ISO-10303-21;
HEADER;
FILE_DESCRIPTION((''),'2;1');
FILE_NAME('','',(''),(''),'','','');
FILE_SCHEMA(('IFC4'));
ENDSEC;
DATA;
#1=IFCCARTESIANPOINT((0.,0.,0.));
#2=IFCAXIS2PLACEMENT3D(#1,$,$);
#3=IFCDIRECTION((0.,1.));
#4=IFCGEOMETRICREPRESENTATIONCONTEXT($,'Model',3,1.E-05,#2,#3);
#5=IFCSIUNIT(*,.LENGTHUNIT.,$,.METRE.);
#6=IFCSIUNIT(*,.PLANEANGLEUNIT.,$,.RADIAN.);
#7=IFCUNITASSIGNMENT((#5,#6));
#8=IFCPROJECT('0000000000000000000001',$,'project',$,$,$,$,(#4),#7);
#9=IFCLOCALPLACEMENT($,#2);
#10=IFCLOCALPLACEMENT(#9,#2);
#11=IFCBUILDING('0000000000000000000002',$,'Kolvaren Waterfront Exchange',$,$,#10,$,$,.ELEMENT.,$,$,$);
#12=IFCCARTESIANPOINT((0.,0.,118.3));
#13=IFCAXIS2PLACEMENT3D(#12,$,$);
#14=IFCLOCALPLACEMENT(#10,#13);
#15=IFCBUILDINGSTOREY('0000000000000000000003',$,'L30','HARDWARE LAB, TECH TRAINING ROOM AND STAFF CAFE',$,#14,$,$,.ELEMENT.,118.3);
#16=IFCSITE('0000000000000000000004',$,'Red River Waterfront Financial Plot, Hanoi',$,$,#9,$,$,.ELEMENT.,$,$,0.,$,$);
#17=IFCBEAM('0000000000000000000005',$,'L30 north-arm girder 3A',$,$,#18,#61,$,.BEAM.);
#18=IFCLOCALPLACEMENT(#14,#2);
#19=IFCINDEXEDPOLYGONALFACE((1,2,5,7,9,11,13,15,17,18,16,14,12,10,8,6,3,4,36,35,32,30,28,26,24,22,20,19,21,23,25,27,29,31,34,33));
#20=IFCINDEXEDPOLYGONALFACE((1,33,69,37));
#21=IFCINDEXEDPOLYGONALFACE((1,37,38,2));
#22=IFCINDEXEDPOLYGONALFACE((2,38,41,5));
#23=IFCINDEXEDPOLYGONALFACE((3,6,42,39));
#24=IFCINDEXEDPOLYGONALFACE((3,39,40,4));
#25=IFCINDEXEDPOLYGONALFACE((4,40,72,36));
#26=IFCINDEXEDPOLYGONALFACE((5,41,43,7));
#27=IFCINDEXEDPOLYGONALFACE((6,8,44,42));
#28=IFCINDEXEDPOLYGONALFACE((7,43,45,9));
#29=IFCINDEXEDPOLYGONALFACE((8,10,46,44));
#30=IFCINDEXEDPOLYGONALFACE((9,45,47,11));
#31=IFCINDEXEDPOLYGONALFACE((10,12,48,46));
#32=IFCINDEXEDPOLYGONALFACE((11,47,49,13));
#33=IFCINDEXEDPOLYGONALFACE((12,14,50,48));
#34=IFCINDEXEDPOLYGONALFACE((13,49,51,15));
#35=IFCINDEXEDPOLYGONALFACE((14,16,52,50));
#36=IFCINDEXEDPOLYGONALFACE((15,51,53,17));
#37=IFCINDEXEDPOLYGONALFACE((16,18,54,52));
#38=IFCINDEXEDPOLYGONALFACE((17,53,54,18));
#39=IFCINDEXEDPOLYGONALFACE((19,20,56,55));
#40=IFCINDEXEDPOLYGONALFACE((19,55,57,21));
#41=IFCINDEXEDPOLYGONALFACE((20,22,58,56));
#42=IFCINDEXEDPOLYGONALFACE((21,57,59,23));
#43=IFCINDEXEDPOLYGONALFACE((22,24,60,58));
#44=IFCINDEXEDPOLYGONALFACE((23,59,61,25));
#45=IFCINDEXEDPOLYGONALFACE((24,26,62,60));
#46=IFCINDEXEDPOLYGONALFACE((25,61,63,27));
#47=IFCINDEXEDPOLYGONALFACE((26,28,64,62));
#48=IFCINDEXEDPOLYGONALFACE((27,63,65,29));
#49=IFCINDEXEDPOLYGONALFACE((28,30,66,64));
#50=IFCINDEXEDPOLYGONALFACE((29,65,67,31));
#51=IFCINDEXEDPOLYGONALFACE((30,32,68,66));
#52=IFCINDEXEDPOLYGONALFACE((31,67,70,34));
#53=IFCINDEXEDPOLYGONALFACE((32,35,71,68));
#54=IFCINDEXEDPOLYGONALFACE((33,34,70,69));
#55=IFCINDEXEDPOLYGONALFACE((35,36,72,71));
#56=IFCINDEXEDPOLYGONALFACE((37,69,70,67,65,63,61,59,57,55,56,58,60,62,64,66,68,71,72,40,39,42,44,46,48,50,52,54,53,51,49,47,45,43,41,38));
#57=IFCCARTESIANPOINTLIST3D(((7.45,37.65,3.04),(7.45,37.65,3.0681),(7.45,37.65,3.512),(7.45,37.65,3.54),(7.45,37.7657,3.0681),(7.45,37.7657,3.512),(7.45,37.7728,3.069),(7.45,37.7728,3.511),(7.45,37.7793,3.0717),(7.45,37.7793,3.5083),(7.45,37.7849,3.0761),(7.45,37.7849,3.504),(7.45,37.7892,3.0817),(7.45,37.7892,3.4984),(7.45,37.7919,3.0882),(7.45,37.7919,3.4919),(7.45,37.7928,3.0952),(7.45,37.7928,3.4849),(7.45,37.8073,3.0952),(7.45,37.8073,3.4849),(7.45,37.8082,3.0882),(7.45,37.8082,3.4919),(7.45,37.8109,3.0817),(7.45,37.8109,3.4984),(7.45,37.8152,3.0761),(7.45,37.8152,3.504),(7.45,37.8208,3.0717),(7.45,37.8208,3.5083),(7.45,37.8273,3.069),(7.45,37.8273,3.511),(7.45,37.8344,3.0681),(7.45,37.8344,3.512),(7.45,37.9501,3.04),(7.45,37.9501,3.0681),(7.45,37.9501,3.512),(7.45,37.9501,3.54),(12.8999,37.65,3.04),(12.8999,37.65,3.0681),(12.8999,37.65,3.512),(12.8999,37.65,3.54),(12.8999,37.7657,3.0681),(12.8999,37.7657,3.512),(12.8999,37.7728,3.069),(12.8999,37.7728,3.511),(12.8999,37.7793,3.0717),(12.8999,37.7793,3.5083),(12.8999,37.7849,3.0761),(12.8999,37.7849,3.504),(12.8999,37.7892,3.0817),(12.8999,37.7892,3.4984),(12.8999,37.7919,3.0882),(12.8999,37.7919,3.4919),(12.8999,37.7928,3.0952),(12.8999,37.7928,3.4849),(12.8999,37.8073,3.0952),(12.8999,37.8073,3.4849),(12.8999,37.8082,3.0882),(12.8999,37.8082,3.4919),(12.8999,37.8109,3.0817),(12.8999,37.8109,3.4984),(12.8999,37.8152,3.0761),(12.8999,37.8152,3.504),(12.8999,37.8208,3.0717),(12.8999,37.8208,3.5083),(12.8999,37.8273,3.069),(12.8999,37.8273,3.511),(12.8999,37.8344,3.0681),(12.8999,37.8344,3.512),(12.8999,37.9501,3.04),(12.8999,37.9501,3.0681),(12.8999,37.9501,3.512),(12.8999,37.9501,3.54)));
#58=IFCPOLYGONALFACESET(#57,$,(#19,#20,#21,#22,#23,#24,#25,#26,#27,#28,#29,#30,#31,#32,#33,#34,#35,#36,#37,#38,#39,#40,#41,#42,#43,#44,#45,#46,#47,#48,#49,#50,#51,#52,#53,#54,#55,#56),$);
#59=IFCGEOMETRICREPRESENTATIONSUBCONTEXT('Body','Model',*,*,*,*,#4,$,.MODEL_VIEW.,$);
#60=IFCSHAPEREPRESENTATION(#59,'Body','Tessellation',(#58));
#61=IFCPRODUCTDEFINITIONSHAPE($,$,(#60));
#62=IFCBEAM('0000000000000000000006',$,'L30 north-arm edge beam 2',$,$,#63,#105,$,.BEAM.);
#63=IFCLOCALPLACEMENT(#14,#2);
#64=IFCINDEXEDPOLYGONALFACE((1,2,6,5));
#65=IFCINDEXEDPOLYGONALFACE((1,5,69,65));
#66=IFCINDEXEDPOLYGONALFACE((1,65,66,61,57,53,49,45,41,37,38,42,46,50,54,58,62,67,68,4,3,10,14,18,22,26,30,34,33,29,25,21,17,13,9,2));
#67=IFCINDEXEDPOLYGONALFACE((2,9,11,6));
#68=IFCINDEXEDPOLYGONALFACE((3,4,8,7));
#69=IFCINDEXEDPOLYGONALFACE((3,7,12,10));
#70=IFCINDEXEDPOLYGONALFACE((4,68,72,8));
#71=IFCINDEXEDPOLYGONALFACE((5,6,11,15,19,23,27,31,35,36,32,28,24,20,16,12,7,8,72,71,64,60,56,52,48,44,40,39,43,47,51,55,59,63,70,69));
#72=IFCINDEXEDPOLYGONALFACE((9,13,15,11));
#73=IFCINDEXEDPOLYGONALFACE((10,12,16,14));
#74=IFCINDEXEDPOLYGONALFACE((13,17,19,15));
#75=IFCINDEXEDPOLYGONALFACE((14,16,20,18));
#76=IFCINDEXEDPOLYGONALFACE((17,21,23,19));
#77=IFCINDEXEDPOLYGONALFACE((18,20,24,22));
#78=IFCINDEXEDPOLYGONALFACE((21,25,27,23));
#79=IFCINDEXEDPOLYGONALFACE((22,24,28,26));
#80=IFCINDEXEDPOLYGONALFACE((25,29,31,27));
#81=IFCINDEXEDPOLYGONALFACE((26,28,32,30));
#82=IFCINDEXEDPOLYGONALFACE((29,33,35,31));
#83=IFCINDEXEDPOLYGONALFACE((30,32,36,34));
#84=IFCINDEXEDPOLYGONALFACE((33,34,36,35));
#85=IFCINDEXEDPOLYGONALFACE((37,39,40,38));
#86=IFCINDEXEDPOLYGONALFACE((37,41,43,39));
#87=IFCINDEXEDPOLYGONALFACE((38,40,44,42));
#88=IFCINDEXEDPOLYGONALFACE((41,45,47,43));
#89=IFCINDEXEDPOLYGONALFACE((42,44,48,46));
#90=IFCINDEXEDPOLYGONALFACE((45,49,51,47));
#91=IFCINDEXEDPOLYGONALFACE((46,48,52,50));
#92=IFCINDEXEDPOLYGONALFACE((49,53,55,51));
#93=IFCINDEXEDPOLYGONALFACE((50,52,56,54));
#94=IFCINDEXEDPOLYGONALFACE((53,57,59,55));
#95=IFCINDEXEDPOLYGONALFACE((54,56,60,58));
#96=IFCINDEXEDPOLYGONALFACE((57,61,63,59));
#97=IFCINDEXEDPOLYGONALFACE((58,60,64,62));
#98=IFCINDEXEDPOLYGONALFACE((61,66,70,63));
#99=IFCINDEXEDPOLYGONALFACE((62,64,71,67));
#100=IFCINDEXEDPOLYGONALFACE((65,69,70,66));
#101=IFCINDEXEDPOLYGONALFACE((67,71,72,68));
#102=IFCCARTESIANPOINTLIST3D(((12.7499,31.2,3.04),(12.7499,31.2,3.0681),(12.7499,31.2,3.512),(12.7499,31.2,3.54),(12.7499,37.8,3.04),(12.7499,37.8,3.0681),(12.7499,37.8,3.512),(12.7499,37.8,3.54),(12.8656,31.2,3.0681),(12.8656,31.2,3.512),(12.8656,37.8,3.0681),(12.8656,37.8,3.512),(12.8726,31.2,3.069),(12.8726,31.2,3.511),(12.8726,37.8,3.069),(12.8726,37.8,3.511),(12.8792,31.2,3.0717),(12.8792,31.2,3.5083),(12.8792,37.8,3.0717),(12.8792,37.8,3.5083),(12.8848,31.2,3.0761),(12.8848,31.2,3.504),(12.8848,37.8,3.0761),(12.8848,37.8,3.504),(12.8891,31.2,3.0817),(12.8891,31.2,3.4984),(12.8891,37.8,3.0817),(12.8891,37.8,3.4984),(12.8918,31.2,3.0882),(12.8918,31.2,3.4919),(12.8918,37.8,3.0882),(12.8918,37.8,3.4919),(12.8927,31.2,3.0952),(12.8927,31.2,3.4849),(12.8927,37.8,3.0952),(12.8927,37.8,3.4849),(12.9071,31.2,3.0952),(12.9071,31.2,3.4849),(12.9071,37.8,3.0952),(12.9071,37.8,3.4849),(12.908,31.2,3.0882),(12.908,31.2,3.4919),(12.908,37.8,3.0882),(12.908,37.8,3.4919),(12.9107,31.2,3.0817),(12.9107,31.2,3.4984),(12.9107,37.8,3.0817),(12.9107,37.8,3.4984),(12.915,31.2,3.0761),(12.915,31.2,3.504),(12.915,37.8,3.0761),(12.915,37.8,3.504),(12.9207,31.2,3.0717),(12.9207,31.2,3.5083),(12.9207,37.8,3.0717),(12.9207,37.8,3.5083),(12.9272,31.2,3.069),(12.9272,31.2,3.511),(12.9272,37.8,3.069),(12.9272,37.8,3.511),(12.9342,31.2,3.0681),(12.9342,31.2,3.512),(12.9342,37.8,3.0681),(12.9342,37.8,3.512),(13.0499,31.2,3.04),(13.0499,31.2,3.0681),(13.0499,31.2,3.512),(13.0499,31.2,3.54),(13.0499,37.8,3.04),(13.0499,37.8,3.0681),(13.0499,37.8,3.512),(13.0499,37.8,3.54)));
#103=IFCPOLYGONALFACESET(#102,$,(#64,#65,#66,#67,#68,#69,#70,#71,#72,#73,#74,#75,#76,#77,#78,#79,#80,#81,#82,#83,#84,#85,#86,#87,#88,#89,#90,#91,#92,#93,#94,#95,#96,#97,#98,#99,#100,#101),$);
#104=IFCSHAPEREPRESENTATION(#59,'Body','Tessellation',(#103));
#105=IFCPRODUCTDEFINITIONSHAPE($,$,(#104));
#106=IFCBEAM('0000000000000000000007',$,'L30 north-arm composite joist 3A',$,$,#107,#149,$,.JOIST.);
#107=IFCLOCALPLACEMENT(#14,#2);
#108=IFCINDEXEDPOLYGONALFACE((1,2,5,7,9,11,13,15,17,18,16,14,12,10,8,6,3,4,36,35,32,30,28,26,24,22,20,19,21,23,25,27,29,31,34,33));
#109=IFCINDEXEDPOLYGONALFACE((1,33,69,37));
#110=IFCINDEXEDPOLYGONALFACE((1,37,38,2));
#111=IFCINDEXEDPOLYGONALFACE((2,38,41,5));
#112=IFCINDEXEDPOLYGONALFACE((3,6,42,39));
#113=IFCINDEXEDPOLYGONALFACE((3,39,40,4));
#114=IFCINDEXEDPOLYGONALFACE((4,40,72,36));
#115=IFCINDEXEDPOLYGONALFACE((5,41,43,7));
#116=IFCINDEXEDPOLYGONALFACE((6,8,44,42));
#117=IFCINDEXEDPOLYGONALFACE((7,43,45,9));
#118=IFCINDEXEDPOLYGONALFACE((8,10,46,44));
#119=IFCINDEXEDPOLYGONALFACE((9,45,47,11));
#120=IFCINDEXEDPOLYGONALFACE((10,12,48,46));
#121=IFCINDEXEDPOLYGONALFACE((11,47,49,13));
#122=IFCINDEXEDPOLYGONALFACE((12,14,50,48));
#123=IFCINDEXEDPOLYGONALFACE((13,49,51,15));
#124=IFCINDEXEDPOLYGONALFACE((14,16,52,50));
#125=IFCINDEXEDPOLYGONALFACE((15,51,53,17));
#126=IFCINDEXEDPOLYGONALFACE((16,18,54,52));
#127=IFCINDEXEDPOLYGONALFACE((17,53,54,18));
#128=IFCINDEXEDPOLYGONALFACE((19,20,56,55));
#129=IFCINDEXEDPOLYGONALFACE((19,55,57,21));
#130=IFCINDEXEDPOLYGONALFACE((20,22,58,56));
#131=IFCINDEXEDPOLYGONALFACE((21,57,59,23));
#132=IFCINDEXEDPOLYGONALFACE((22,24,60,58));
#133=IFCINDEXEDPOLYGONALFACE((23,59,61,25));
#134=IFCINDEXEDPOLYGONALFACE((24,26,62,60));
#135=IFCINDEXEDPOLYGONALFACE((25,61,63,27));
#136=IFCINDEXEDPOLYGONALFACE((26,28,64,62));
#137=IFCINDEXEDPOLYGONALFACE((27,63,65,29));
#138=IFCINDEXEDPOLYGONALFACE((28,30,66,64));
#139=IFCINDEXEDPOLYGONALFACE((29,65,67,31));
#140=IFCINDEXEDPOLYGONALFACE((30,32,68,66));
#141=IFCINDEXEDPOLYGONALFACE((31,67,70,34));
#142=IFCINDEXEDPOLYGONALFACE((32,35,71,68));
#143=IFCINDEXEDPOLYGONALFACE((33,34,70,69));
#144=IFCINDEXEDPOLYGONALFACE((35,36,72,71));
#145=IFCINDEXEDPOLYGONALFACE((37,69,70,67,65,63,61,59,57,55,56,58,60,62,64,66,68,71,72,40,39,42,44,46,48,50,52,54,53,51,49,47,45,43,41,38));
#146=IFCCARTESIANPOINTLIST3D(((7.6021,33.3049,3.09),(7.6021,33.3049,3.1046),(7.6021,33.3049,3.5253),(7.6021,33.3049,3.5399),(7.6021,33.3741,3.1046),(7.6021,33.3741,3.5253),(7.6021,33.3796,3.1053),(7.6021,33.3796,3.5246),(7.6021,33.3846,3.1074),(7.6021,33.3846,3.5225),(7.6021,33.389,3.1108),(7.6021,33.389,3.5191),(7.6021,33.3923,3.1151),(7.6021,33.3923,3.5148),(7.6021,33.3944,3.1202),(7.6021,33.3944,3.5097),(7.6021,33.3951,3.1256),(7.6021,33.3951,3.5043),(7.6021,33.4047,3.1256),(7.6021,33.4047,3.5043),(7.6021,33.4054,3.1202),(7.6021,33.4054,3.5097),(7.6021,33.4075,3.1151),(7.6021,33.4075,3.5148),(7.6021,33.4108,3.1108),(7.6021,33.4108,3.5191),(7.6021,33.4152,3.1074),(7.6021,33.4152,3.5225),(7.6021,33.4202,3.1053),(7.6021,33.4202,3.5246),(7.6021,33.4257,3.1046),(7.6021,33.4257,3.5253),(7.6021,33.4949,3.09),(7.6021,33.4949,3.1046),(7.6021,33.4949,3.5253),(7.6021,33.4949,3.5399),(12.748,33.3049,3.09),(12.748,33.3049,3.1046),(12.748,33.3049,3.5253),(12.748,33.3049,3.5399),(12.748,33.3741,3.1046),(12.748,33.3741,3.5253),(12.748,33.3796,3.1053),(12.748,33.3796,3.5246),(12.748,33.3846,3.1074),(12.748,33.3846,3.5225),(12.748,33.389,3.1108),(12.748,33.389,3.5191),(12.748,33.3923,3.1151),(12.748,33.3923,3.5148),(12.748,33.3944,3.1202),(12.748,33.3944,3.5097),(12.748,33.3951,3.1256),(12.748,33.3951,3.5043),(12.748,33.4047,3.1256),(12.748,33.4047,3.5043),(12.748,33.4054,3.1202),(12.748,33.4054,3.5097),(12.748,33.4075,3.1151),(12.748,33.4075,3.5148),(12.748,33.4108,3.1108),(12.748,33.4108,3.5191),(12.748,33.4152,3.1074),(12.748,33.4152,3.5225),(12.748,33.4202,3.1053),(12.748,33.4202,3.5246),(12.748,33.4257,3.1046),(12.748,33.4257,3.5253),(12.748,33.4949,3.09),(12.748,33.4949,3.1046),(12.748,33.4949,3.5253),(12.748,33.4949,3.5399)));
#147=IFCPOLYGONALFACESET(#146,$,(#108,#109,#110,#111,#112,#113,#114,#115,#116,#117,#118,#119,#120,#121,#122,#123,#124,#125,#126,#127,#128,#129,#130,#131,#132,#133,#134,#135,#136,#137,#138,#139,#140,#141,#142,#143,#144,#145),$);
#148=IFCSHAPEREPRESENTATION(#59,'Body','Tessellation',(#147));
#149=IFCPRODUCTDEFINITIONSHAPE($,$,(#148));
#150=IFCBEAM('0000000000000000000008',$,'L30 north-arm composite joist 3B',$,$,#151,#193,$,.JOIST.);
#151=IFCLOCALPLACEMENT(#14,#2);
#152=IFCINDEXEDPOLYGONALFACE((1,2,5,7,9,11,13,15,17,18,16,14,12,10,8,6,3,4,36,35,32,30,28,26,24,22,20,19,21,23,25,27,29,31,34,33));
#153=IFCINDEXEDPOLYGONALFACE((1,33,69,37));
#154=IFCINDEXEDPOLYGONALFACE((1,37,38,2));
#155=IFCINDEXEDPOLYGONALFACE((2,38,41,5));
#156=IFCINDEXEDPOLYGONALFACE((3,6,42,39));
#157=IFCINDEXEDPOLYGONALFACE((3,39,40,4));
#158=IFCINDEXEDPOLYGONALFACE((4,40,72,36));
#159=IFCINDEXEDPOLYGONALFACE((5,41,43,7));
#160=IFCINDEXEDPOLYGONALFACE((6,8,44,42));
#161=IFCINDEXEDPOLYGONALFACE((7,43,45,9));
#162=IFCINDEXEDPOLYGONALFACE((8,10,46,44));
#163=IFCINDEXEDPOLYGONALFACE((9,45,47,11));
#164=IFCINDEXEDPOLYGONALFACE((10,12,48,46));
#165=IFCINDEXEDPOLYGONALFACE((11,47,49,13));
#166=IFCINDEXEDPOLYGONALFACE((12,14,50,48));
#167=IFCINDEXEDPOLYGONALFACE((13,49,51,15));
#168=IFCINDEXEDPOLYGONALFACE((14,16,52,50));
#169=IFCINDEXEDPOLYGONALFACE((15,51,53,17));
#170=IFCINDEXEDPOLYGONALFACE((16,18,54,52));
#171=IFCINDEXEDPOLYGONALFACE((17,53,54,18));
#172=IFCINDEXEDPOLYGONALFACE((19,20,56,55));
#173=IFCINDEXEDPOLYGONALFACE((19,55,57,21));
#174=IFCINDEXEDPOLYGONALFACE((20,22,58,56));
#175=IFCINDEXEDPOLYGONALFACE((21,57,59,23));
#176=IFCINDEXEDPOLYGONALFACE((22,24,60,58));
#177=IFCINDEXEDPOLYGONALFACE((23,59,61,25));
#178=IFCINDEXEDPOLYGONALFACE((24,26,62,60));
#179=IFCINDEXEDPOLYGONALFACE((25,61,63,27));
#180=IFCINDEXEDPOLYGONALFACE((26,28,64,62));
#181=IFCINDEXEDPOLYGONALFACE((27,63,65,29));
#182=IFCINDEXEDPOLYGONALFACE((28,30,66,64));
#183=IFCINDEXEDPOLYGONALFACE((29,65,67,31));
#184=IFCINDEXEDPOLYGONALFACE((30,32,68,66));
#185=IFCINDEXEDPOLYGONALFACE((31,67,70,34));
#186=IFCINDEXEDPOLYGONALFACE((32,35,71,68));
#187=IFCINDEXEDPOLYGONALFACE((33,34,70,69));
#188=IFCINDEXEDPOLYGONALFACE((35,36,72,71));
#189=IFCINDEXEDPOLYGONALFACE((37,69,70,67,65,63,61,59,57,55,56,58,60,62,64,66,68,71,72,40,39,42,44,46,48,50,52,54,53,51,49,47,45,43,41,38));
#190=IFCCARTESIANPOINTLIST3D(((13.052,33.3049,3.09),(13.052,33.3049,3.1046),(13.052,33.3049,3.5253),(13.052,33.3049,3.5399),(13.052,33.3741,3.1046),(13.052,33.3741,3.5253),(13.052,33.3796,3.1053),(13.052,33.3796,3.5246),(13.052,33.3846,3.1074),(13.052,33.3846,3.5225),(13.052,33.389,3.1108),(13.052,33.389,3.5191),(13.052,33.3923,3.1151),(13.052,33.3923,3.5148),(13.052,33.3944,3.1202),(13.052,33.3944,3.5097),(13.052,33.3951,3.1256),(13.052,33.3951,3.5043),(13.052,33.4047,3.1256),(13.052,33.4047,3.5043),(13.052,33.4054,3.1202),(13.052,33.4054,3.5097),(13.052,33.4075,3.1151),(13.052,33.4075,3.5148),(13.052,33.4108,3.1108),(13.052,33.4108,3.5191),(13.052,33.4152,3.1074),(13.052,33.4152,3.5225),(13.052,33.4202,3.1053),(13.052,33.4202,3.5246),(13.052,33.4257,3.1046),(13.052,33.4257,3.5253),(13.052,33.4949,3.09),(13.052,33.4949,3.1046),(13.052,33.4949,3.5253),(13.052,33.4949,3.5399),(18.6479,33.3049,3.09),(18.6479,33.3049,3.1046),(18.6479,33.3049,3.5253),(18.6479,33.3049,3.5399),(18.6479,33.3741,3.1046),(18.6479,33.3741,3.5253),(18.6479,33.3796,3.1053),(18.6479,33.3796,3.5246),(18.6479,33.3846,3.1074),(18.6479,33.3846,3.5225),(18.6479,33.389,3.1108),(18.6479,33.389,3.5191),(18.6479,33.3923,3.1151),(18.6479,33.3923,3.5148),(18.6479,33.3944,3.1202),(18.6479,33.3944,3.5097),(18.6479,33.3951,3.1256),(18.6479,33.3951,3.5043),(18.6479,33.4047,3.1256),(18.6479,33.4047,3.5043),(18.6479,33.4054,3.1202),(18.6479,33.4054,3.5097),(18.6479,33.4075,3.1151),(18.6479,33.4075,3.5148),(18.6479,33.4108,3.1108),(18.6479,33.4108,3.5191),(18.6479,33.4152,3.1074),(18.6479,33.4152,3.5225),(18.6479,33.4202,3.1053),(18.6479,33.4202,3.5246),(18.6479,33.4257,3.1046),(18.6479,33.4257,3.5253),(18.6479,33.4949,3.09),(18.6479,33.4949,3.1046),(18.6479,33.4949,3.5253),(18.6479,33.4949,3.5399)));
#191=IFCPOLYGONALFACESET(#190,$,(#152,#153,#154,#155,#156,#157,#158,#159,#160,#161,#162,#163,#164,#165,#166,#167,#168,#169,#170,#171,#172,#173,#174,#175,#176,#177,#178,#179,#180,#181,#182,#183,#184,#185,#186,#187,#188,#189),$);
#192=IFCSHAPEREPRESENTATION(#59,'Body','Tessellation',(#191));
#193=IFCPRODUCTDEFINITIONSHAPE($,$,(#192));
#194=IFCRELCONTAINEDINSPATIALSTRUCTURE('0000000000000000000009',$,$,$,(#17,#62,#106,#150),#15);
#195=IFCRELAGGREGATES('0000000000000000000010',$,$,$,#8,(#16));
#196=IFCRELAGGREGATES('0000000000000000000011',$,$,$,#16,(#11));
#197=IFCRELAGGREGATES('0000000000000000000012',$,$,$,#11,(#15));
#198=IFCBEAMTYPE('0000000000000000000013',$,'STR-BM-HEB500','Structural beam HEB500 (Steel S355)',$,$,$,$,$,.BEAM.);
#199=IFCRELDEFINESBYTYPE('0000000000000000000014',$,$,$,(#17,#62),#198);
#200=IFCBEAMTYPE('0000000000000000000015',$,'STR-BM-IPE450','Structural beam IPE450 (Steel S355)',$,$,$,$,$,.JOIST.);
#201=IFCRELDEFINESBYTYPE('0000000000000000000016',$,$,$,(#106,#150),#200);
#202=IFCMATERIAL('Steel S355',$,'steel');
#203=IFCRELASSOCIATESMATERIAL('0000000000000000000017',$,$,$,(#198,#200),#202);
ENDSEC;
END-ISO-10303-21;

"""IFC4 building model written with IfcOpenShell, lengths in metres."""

from ifc_helpers import new_model, si_unit, direction, frame, origin, origin_2d, place, context, subcontext, project, spatial, i_section, extrude, material, material_profile, profile_set, type_object, element, save


model = new_model("IFC4")

# Units and contexts
model_context = context("Model", 3, precision=1e-05, world=origin(), true_north=direction((0.0, 1.0)))
body_context = subcontext(model_context, "Body", "Model", "MODEL_VIEW")
ifc_project = project(units=[si_unit("LENGTHUNIT", "METRE"), si_unit("PLANEANGLEUNIT", "RADIAN")], contexts=[model_context])

# Site, building, storey
site_placement = place(None, origin())
site = spatial("IfcSite", under=ifc_project, at=site_placement, Name="Red River Waterfront Financial Plot, Hanoi", CompositionType="ELEMENT", RefElevation=0.0)
building_placement = place(site_placement, origin())
building = spatial("IfcBuilding", under=site, at=building_placement, Name="Kolvaren Waterfront Exchange", CompositionType="ELEMENT")
storey_placement = place(building_placement, frame((0.0, 0.0, 118.3)))
storey = spatial("IfcBuildingStorey", under=building, at=storey_placement, Name="L30", Description="HARDWARE LAB, TECH TRAINING ROOM AND STAFF CAFE", CompositionType="ELEMENT", Elevation=118.3)

# Beams
ifc_material_1 = material(Name="Steel S355", Category="steel")
ifc_material_profile_1 = material_profile(ifc_material_1, i_section(OverallWidth=0.3, OverallDepth=0.5, WebThickness=0.0144, FlangeThickness=0.0281, FilletRadius=0.0271, at=origin_2d()), Name="HEB500")
ifc_profile_set_1 = profile_set([ifc_material_profile_1], Name="Steel S355")
beam_type_1 = type_object("IfcBeamType", Name="STR-BM-HEB500", Description="Structural beam HEB500 (Steel S355)", PredefinedType="BEAM", material=ifc_profile_set_1)
beam_1_placement = place(storey_placement, frame((7.45, 37.8, 3.29), z_axis=(1.0, 0.0, 0.0), x_axis=(0.0, 1.0, 0.0)))
element("IfcBeam", 1, at=beam_1_placement, inside=storey, type_object=beam_type_1, Name="L30 north-arm girder 3A", PredefinedType="BEAM", context=body_context, shape_type="SweptSolid", body=[
    extrude(i_section(OverallWidth=0.3, OverallDepth=0.5, WebThickness=0.0144, FlangeThickness=0.0281, FilletRadius=0.0271, at=origin_2d()), origin(), (0.0, 0.0, 1.0), 5.45),
])
beam_2_placement = place(storey_placement, frame((12.8999, 31.2, 3.29), z_axis=(0.0, 1.0, 0.0), x_axis=(-1.0, 0.0, 0.0)))
element("IfcBeam", 2, at=beam_2_placement, inside=storey, type_object=beam_type_1, Name="L30 north-arm edge beam 2", PredefinedType="BEAM", context=body_context, shape_type="SweptSolid", body=[
    extrude(i_section(OverallWidth=0.3, OverallDepth=0.5, WebThickness=0.0144, FlangeThickness=0.0281, FilletRadius=0.0271, at=origin_2d()), origin(), (0.0, 0.0, 1.0), 6.6001),
])
ifc_material_profile_2 = material_profile(ifc_material_1, i_section(OverallWidth=0.1899, OverallDepth=0.45, WebThickness=0.0095, FlangeThickness=0.0146, FilletRadius=0.021, at=origin_2d()), Name="IPE450")
ifc_profile_set_2 = profile_set([ifc_material_profile_2], Name="Steel S355")
beam_type_2 = type_object("IfcBeamType", Name="STR-BM-IPE450", Description="Structural beam IPE450 (Steel S355)", PredefinedType="JOIST", material=ifc_profile_set_2)
beam_3_placement = place(storey_placement, frame((7.6021, 33.3999, 3.3149), z_axis=(1.0, 0.0, 0.0), x_axis=(0.0, 1.0, 0.0)))
element("IfcBeam", 3, at=beam_3_placement, inside=storey, type_object=beam_type_2, Name="L30 north-arm composite joist 3A", PredefinedType="JOIST", context=body_context, shape_type="SweptSolid", body=[
    extrude(i_section(OverallWidth=0.1899, OverallDepth=0.45, WebThickness=0.0095, FlangeThickness=0.0146, FilletRadius=0.021, at=origin_2d()), origin(), (0.0, 0.0, 1.0), 5.146),
])
beam_4_placement = place(storey_placement, frame((13.052, 33.3999, 3.3149), z_axis=(1.0, 0.0, 0.0), x_axis=(0.0, 1.0, 0.0)))
element("IfcBeam", 4, at=beam_4_placement, inside=storey, type_object=beam_type_2, Name="L30 north-arm composite joist 3B", PredefinedType="JOIST", context=body_context, shape_type="SweptSolid", body=[
    extrude(i_section(OverallWidth=0.1899, OverallDepth=0.45, WebThickness=0.0095, FlangeThickness=0.0146, FilletRadius=0.021, at=origin_2d()), origin(), (0.0, 0.0, 1.0), 5.5959),
])

save(model, "model.ifc")
